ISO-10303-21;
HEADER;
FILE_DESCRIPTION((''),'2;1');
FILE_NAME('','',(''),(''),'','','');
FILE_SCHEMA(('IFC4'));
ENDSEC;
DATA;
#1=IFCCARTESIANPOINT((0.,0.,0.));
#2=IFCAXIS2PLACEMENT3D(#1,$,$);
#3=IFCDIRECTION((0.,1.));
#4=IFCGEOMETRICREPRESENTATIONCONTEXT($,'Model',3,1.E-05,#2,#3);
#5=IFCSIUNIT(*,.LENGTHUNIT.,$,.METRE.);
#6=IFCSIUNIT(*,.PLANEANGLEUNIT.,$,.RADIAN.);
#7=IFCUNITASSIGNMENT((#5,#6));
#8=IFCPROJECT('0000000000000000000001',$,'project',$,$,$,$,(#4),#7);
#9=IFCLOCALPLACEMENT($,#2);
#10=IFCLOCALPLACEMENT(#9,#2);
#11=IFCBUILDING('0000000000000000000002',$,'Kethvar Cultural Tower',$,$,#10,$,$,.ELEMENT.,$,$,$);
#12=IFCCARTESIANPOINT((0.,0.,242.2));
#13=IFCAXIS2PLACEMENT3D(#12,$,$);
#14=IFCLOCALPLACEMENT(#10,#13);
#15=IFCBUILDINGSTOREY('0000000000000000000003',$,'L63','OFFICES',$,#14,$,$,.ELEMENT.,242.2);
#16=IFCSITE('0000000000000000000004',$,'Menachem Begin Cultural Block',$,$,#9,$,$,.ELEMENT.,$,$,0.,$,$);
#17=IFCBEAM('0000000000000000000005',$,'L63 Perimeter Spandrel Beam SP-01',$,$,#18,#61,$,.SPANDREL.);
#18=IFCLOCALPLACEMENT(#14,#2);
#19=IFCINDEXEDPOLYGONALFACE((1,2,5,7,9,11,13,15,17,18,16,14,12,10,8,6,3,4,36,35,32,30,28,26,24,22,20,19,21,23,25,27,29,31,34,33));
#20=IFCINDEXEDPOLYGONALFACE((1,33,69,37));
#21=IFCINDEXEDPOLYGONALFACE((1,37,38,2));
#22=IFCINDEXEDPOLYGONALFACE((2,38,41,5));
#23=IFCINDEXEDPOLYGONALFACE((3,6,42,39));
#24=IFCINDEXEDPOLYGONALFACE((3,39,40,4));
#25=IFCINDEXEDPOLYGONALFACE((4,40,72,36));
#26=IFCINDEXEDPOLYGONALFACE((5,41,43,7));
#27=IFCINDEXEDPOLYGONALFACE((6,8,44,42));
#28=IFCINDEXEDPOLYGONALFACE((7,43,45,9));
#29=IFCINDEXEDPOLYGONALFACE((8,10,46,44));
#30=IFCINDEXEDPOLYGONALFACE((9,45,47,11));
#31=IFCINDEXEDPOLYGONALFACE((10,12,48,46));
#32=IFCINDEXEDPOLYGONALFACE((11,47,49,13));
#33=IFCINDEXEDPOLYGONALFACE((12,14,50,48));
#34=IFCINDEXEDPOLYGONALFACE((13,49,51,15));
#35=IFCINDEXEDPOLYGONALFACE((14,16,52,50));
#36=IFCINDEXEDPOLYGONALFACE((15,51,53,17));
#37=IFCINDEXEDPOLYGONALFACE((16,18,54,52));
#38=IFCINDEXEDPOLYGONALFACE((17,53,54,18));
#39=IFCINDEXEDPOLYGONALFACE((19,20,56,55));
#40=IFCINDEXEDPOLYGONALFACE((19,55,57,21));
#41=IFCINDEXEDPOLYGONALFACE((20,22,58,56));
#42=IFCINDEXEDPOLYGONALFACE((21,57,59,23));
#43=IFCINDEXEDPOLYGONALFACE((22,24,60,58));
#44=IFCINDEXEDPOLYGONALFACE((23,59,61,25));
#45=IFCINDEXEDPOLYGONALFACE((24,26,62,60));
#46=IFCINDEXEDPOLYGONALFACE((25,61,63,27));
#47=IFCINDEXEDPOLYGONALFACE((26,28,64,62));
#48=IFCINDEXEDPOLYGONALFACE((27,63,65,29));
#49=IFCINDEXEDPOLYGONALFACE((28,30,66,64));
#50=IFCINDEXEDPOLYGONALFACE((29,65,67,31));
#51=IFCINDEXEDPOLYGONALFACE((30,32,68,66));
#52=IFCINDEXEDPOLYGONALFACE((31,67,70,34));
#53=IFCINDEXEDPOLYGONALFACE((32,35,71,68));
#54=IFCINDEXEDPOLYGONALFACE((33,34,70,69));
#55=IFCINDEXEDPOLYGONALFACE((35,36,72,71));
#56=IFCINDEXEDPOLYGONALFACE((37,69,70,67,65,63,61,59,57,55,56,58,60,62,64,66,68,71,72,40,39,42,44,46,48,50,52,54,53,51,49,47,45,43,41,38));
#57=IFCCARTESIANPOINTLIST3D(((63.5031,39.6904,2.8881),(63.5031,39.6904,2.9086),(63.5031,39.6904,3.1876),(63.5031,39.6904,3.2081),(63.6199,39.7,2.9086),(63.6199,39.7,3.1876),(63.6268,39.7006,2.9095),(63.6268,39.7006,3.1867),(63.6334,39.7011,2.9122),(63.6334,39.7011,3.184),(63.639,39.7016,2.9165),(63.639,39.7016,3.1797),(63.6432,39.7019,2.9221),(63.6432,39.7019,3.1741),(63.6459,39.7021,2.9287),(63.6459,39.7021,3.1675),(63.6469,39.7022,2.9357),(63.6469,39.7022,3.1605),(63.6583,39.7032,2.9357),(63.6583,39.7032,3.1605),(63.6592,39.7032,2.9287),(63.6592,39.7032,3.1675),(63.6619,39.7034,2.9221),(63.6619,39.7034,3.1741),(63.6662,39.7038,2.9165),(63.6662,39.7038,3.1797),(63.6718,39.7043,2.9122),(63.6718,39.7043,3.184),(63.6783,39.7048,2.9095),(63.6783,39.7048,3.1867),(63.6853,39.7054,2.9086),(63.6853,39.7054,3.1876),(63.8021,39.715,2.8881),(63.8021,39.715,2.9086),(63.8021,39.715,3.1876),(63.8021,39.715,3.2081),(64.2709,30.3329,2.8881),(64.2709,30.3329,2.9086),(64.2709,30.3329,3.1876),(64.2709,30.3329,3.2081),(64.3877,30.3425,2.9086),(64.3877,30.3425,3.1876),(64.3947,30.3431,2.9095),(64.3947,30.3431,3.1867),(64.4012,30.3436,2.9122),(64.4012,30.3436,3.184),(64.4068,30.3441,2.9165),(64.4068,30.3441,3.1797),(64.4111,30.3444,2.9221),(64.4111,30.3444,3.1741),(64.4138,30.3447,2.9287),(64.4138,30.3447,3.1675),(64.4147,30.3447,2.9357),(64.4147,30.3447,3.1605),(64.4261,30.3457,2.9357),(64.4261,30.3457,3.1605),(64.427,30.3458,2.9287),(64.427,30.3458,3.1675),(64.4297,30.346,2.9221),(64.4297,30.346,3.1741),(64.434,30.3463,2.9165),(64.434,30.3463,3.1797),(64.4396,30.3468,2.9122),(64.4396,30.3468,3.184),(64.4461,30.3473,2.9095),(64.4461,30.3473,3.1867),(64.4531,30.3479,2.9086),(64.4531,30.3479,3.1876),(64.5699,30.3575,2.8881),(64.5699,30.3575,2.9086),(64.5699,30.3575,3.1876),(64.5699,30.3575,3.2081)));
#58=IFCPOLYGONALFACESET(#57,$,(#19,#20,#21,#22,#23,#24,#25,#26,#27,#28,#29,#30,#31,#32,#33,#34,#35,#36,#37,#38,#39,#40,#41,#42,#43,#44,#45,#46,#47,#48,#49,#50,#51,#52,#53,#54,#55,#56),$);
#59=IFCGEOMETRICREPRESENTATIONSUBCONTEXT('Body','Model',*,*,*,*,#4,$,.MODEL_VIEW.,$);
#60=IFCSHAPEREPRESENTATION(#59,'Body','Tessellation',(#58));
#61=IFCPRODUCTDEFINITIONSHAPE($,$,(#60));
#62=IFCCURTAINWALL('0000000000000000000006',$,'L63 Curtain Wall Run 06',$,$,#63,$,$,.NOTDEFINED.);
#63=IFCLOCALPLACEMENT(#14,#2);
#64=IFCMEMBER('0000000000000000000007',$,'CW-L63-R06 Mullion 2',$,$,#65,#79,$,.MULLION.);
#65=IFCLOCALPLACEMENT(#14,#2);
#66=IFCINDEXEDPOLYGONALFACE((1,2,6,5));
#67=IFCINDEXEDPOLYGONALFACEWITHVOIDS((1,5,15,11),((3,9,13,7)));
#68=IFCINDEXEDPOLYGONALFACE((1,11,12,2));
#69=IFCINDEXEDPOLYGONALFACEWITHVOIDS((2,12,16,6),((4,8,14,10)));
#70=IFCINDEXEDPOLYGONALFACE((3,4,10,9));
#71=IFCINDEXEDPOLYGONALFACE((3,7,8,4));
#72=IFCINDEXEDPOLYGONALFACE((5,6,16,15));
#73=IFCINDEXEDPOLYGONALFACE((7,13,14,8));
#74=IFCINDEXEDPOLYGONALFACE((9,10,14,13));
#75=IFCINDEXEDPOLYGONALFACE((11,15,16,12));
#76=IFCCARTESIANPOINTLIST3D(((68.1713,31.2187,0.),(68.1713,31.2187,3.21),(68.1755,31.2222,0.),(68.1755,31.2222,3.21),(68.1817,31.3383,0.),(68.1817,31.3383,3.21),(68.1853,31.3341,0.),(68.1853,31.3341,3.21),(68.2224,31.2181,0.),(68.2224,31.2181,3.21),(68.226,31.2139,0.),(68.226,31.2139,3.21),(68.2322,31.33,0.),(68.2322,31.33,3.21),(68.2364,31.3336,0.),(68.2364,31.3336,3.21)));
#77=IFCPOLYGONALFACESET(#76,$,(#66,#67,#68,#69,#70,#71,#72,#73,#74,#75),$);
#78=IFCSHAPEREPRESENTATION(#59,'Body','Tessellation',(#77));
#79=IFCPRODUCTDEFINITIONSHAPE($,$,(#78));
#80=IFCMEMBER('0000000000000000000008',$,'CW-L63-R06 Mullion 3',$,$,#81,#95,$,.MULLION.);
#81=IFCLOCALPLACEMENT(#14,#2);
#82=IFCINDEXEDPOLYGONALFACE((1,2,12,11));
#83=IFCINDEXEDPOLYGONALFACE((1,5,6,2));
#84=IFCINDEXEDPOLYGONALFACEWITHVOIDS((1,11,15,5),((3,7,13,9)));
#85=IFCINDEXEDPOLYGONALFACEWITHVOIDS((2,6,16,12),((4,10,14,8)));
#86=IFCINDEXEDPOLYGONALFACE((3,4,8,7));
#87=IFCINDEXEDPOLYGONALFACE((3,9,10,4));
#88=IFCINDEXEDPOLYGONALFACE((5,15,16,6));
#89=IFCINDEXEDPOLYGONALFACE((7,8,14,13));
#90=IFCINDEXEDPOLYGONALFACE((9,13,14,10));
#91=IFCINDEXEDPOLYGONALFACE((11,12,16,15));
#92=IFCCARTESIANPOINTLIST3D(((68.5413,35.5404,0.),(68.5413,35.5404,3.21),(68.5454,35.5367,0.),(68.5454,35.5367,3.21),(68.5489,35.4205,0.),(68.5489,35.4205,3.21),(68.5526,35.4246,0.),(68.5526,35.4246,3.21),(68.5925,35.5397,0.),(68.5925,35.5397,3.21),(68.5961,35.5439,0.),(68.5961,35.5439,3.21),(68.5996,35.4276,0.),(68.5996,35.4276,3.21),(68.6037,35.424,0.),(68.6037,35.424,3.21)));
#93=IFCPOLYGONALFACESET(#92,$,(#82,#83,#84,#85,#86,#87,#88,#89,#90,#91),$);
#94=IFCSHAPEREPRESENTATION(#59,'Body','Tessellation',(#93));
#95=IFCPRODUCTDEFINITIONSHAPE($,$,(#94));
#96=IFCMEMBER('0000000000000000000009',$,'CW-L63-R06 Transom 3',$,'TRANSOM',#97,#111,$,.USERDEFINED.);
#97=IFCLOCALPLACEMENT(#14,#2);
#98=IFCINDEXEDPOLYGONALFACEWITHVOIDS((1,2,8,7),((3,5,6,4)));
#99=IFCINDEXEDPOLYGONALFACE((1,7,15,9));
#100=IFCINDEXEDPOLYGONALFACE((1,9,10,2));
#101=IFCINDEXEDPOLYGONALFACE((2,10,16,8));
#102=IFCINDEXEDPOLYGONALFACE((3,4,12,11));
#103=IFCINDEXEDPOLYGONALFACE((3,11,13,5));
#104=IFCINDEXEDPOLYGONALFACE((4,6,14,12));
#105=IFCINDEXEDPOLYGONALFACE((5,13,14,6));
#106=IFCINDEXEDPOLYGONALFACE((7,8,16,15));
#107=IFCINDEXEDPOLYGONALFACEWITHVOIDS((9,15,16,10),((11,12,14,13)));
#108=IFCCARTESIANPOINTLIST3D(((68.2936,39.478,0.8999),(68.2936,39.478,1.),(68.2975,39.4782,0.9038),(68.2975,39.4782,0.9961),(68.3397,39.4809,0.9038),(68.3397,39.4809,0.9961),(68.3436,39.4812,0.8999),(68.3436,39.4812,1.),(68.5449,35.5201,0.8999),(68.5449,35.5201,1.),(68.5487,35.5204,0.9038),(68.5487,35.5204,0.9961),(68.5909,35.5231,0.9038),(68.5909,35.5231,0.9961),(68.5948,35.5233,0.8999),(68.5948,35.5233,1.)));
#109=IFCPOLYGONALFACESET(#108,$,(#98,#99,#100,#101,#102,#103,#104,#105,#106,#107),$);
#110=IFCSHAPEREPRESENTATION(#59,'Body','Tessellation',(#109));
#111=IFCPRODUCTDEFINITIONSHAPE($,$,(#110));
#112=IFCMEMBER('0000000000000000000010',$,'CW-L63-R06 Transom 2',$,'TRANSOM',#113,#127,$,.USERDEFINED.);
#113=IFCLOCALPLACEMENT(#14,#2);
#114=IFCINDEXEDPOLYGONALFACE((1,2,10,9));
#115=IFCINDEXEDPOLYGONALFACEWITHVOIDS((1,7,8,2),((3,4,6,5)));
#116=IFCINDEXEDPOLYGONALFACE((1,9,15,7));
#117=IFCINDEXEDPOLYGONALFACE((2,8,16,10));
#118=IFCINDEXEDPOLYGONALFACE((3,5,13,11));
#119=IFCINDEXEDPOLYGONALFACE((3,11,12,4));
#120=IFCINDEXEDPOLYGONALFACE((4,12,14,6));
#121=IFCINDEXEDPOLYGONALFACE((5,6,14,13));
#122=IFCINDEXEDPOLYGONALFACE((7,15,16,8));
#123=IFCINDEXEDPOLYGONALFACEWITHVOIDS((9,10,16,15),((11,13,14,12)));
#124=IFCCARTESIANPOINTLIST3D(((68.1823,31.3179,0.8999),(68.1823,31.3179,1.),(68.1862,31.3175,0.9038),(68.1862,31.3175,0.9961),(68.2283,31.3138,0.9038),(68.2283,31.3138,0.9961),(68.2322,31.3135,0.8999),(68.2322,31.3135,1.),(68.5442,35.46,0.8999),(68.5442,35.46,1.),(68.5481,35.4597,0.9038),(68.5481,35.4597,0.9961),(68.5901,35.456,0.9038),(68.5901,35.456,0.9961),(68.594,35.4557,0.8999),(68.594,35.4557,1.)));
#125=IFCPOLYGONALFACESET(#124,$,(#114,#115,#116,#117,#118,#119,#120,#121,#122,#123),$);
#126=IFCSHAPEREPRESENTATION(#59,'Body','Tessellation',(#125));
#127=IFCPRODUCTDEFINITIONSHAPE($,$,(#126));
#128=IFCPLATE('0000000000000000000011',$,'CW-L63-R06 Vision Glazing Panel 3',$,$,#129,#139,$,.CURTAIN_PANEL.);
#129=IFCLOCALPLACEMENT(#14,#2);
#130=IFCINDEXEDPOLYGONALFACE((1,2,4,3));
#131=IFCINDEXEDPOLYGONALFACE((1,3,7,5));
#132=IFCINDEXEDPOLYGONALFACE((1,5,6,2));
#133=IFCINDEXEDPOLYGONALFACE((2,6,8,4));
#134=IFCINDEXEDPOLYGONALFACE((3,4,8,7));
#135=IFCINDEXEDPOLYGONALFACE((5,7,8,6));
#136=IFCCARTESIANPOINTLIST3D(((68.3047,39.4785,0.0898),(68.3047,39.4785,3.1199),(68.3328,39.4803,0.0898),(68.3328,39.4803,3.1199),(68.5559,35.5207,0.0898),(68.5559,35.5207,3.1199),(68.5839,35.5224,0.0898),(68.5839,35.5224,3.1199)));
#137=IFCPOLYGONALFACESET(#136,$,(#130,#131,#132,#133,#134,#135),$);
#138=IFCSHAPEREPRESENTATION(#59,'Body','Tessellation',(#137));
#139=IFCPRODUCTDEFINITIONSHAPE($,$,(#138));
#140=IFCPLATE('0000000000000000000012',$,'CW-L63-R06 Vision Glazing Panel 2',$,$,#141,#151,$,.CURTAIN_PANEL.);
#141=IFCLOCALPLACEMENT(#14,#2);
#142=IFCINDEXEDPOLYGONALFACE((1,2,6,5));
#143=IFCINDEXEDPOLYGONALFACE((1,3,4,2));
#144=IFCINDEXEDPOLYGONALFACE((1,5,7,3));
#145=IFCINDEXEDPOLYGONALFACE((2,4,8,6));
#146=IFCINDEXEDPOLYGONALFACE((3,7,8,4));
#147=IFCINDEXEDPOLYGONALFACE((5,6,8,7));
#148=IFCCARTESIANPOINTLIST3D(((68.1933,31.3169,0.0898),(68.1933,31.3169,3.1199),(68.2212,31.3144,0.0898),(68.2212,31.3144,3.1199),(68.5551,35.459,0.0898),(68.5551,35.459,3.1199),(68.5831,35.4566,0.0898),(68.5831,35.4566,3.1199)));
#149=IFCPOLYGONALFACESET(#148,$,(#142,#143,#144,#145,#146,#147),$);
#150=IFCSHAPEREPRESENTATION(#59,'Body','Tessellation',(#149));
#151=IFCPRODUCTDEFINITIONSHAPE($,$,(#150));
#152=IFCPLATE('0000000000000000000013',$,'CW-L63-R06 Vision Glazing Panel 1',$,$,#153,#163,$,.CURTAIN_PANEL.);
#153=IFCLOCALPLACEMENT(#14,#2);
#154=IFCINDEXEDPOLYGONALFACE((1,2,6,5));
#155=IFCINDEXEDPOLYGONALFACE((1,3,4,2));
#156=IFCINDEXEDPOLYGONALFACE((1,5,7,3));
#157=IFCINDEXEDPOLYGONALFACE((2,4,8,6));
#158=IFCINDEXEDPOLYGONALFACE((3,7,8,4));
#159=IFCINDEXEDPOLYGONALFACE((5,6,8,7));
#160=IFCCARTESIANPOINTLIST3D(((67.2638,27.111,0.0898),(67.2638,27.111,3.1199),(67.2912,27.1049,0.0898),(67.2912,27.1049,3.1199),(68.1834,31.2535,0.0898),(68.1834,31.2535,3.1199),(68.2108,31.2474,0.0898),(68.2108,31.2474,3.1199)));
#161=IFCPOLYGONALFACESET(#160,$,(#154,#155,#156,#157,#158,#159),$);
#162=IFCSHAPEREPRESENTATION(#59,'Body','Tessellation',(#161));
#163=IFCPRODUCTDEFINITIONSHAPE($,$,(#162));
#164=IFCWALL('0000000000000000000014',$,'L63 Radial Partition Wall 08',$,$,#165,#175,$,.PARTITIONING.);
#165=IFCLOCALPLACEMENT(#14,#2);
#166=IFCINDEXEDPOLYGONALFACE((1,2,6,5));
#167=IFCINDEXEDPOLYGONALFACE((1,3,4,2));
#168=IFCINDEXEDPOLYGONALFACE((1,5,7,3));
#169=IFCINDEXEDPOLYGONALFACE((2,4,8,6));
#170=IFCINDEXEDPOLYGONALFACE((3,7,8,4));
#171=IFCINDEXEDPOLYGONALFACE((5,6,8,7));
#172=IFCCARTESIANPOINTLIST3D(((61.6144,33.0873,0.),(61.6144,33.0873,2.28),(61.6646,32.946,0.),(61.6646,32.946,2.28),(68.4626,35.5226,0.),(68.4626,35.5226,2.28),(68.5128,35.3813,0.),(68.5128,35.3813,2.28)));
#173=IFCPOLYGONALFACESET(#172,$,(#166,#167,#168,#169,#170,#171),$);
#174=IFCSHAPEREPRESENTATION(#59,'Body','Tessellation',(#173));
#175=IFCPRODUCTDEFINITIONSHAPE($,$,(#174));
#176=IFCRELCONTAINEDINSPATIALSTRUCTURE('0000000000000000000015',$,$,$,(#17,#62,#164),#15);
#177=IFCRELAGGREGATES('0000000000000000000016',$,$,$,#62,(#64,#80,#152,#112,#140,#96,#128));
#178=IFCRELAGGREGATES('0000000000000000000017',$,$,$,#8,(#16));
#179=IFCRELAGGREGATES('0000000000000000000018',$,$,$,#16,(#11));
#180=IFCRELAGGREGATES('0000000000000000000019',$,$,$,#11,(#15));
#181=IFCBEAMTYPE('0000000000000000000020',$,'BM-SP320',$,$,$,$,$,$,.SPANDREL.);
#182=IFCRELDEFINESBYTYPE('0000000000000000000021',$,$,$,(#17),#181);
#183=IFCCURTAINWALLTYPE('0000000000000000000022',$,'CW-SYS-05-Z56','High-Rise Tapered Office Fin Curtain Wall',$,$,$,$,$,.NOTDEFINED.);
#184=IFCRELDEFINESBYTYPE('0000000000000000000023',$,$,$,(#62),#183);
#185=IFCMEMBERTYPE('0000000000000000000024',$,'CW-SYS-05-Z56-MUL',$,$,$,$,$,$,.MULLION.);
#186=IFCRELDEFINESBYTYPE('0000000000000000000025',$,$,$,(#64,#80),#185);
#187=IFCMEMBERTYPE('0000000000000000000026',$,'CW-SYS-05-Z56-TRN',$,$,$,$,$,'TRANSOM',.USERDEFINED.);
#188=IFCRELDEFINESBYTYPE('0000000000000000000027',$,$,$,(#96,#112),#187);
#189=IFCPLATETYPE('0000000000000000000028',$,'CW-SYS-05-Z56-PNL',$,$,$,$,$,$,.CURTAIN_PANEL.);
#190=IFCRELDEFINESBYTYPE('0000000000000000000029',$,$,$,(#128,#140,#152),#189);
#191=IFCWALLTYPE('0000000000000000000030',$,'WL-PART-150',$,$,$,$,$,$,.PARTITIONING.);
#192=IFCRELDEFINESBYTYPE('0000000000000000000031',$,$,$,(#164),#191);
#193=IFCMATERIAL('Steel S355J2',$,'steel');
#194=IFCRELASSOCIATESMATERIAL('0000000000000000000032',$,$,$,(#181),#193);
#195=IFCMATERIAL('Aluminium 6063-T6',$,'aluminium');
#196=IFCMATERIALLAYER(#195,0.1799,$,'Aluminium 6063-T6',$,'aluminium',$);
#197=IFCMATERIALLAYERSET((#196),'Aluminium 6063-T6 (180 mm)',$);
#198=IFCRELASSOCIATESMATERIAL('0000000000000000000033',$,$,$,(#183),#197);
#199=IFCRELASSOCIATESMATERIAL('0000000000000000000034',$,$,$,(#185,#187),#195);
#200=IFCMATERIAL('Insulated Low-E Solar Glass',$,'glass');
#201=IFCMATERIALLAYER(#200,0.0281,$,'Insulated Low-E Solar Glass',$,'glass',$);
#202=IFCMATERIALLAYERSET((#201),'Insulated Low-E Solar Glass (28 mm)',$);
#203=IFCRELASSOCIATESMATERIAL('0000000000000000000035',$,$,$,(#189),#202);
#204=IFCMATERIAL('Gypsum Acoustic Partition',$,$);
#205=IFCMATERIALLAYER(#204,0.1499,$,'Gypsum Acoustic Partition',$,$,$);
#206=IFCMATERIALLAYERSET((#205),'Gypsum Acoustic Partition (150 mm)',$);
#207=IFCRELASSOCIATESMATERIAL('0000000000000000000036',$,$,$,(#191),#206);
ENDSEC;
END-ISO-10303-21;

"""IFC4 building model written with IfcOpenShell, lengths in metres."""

from ifc_helpers import new_model, si_unit, direction, frame, frame_2d, origin, origin_2d, place, context, subcontext, project, spatial, rectangle, hollow_rectangle, i_section, extrude, source, transform, mapped, material, layer, layer_set, material_profile, profile_set, type_object, element, aggregate, save


model = new_model("IFC4")

# Units and contexts
model_context = context("Model", 3, precision=1e-05, world=origin(), true_north=direction((0.0, 1.0)))
body_context = subcontext(model_context, "Body", "Model", "MODEL_VIEW")
ifc_project = project(units=[si_unit("LENGTHUNIT", "METRE"), si_unit("PLANEANGLEUNIT", "RADIAN")], contexts=[model_context])

# Site, building, storey
site_placement = place(None, origin())
site = spatial("IfcSite", under=ifc_project, at=site_placement, Name="Menachem Begin Cultural Block", CompositionType="ELEMENT", RefElevation=0.0)
building_placement = place(site_placement, origin())
building = spatial("IfcBuilding", under=site, at=building_placement, Name="Kethvar Cultural Tower", CompositionType="ELEMENT")
storey_placement = place(building_placement, frame((0.0, 0.0, 242.2)))
storey = spatial("IfcBuildingStorey", under=building, at=storey_placement, Name="L63", Description="OFFICES", CompositionType="ELEMENT", Elevation=242.2)

# Beam
ifc_material_1 = material(Name="Steel S355J2", Category="steel")
ifc_material_profile_1 = material_profile(ifc_material_1, i_section(OverallWidth=0.3, OverallDepth=0.3201, WebThickness=0.0115, FlangeThickness=0.0205, FilletRadius=0.0271, at=origin_2d()), Name="Steel S355J2 — HEB320")
ifc_profile_set_1 = profile_set([ifc_material_profile_1], Name="Steel S355J2 — HEB320")
beam_type = type_object("IfcBeamType", Name="BM-SP320", PredefinedType="SPANDREL", material=ifc_profile_set_1)
shared_shape_1 = source(origin(), body_context, "Body", "SweptSolid", [
    extrude(i_section(OverallWidth=0.3, OverallDepth=0.3201, WebThickness=0.0115, FlangeThickness=0.0205, FilletRadius=0.0271, at=origin_2d()), origin(), (0.0, 0.0, 1.0), 9.3889),
])
beam_placement = place(storey_placement, frame((64.4204, 30.3452, 3.0481), z_axis=(-0.08178, 0.99665, 0.0), x_axis=(-0.99665, -0.08178, 0.0)))
element("IfcBeam", 1, at=beam_placement, inside=storey, type_object=beam_type, Name="L63 Perimeter Spandrel Beam SP-01", PredefinedType="SPANDREL", context=body_context, shape_type="MappedRepresentation", body=[
    mapped(shared_shape_1, transform((0.0, 0.0, 0.0), scale=1.0)),
])

# Curtain wall, members, plates
ifc_material_2 = material(Name="Aluminium 6063-T6", Category="aluminium")
ifc_layer_1 = layer(ifc_material_2, 0.1799, Name="Aluminium 6063-T6", Category="aluminium")
ifc_layer_set_1 = layer_set([ifc_layer_1], Name="Aluminium 6063-T6 (180 mm)")
curtain_wall_type = type_object("IfcCurtainWallType", Name="CW-SYS-05-Z56", Description="High-Rise Tapered Office Fin Curtain Wall", PredefinedType="NOTDEFINED", material=ifc_layer_set_1)
curtain_wall_placement = place(storey_placement, origin())
curtain_wall = element("IfcCurtainWall", 2, at=curtain_wall_placement, inside=storey, type_object=curtain_wall_type, Name="L63 Curtain Wall Run 06", PredefinedType="NOTDEFINED")
ifc_material_profile_2 = material_profile(ifc_material_2, hollow_rectangle(XDim=0.0549, YDim=0.1201, WallThickness=0.0039, at=origin_2d()), Name="Aluminium 6063-T6 — RHS120x55x4")
ifc_profile_set_2 = profile_set([ifc_material_profile_2], Name="Aluminium 6063-T6 — RHS120x55x4")
member_type_1 = type_object("IfcMemberType", Name="CW-SYS-05-Z56-MUL", PredefinedType="MULLION", material=ifc_profile_set_2)
shared_shape_2 = source(origin(), body_context, "Body", "SweptSolid", [
    extrude(hollow_rectangle(XDim=0.0549, YDim=0.1201, WallThickness=0.0039, at=origin_2d()), origin(), (0.0, 0.0, 1.0), 3.21),
])
member_1_placement = place(storey_placement, frame((68.2039, 31.2761, 0.0), z_axis=(0.0, 0.0, 1.0), x_axis=(-0.996205, 0.087034, 0.0)))
member_1 = element("IfcMember", 3, at=member_1_placement, type_object=member_type_1, Name="CW-L63-R06 Mullion 2", PredefinedType="MULLION", context=body_context, shape_type="MappedRepresentation", body=[
    mapped(shared_shape_2, transform((0.0, 0.0, 0.0), scale=1.0)),
])
member_2_placement = place(storey_placement, frame((68.5725, 35.4822, 0.0), z_axis=(0.0, 0.0, 1.0), x_axis=(-0.997993, -0.06333, 0.0)))
member_2 = element("IfcMember", 4, at=member_2_placement, type_object=member_type_1, Name="CW-L63-R06 Mullion 3", PredefinedType="MULLION", context=body_context, shape_type="MappedRepresentation", body=[
    mapped(shared_shape_2, transform((0.0, 0.0, 0.0), scale=1.0)),
])
ifc_material_profile_3 = material_profile(ifc_material_2, hollow_rectangle(XDim=0.05, YDim=0.1001, WallThickness=0.0039, at=origin_2d()), Name="Aluminium 6063-T6 — RHS100x50x4")
ifc_profile_set_3 = profile_set([ifc_material_profile_3], Name="Aluminium 6063-T6 — RHS100x50x4")
member_type_2 = type_object("IfcMemberType", Name="CW-SYS-05-Z56-TRN", ElementType="TRANSOM", PredefinedType="USERDEFINED", material=ifc_profile_set_3)
shared_shape_3 = source(origin(), body_context, "Body", "SweptSolid", [
    extrude(hollow_rectangle(XDim=0.05, YDim=0.1001, WallThickness=0.0039, at=origin_2d()), origin(), (0.0, 0.0, 1.0), 3.9658),
])
member_3_placement = place(storey_placement, frame((68.5698, 35.5217, 0.95), z_axis=(-0.063348, 0.997992, 0.0), x_axis=(-0.997992, -0.063348, 0.0)))
member_3 = element("IfcMember", 5, at=member_3_placement, type_object=member_type_2, Name="CW-L63-R06 Transom 3", ObjectType="TRANSOM", PredefinedType="USERDEFINED", context=body_context, shape_type="MappedRepresentation", body=[
    mapped(shared_shape_3, transform((0.0, 0.0, 0.0), scale=1.0)),
])
shared_shape_4 = source(origin(), body_context, "Body", "SweptSolid", [
    extrude(hollow_rectangle(XDim=0.05, YDim=0.1001, WallThickness=0.0039, at=origin_2d()), origin(), (0.0, 0.0, 1.0), 4.158),
])
member_4_placement = place(storey_placement, frame((68.2073, 31.3157, 0.95), z_axis=(0.08702, 0.996207, 0.0), x_axis=(-0.996207, 0.08702, 0.0)))
member_4 = element("IfcMember", 6, at=member_4_placement, type_object=member_type_2, Name="CW-L63-R06 Transom 2", ObjectType="TRANSOM", PredefinedType="USERDEFINED", context=body_context, shape_type="MappedRepresentation", body=[
    mapped(shared_shape_4, transform((0.0, 0.0, 0.0), scale=1.0)),
])
ifc_material_3 = material(Name="Insulated Low-E Solar Glass", Category="glass")
ifc_layer_2 = layer(ifc_material_3, 0.0281, Name="Insulated Low-E Solar Glass", Category="glass")
ifc_layer_set_2 = layer_set([ifc_layer_2], Name="Insulated Low-E Solar Glass (28 mm)")
plate_type = type_object("IfcPlateType", Name="CW-SYS-05-Z56-PNL", PredefinedType="CURTAIN_PANEL", material=ifc_layer_set_2)
shared_shape_5 = source(origin(), body_context, "Body", "SweptSolid", [
    extrude(rectangle(XDim=3.9658, YDim=0.0281, at=origin_2d()), origin(), (0.0, 0.0, 1.0), 3.03),
])
plate_1_placement = place(storey_placement, frame((68.4443, 37.5005, 0.0898), z_axis=(0.0, 0.0, 1.0), x_axis=(-0.06333, 0.997993, 0.0)))
plate_1 = element("IfcPlate", 7, at=plate_1_placement, type_object=plate_type, Name="CW-L63-R06 Vision Glazing Panel 3", PredefinedType="CURTAIN_PANEL", context=body_context, shape_type="MappedRepresentation", body=[
    mapped(shared_shape_5, transform((0.0, 0.0, 0.0), scale=1.0)),
])
shared_shape_6 = source(origin(), body_context, "Body", "SweptSolid", [
    extrude(rectangle(XDim=4.158, YDim=0.0281, at=origin_2d()), origin(), (0.0, 0.0, 1.0), 3.03),
])
plate_2_placement = place(storey_placement, frame((68.3882, 33.3867, 0.0898), z_axis=(0.0, 0.0, 1.0), x_axis=(0.087034, 0.996205, 0.0)))
plate_2 = element("IfcPlate", 8, at=plate_2_placement, type_object=plate_type, Name="CW-L63-R06 Vision Glazing Panel 2", PredefinedType="CURTAIN_PANEL", context=body_context, shape_type="MappedRepresentation", body=[
    mapped(shared_shape_6, transform((0.0, 0.0, 0.0), scale=1.0)),
])
shared_shape_7 = source(origin(), body_context, "Body", "SweptSolid", [
    extrude(rectangle(XDim=4.2434, YDim=0.0281, at=origin_2d()), origin(), (0.0, 0.0, 1.0), 3.03),
])
plate_3_placement = place(storey_placement, frame((67.7373, 29.1792, 0.0898), z_axis=(0.0, 0.0, 1.0), x_axis=(0.216695, 0.976239, 0.0)))
plate_3 = element("IfcPlate", 9, at=plate_3_placement, type_object=plate_type, Name="CW-L63-R06 Vision Glazing Panel 1", PredefinedType="CURTAIN_PANEL", context=body_context, shape_type="MappedRepresentation", body=[
    mapped(shared_shape_7, transform((0.0, 0.0, 0.0), scale=1.0)),
])
aggregate(curtain_wall, [member_1, member_2, plate_3, member_4, plate_2, member_3, plate_1])

# Wall
ifc_material_4 = material(Name="Gypsum Acoustic Partition")
ifc_layer_3 = layer(ifc_material_4, 0.1499, Name="Gypsum Acoustic Partition")
ifc_layer_set_3 = layer_set([ifc_layer_3], Name="Gypsum Acoustic Partition (150 mm)")
wall_type = type_object("IfcWallType", Name="WL-PART-150", PredefinedType="PARTITIONING", material=ifc_layer_set_3)
wall_1_placement = place(storey_placement, frame((61.6394, 33.0166, 0.0), z_axis=(0.0, 0.0, 1.0), x_axis=(0.942197, 0.335059, 0.0)))
element("IfcWall", 10, at=wall_1_placement, inside=storey, type_object=wall_type, Name="L63 Radial Partition Wall 08", PredefinedType="PARTITIONING", context=body_context, shape_type="SweptSolid", body=[
    extrude(rectangle(XDim=7.2683, YDim=0.1499, at=frame_2d((3.6343, 0.0))), origin(), (0.0, 0.0, 1.0), 2.28),
])

save(model, "model.ifc")
